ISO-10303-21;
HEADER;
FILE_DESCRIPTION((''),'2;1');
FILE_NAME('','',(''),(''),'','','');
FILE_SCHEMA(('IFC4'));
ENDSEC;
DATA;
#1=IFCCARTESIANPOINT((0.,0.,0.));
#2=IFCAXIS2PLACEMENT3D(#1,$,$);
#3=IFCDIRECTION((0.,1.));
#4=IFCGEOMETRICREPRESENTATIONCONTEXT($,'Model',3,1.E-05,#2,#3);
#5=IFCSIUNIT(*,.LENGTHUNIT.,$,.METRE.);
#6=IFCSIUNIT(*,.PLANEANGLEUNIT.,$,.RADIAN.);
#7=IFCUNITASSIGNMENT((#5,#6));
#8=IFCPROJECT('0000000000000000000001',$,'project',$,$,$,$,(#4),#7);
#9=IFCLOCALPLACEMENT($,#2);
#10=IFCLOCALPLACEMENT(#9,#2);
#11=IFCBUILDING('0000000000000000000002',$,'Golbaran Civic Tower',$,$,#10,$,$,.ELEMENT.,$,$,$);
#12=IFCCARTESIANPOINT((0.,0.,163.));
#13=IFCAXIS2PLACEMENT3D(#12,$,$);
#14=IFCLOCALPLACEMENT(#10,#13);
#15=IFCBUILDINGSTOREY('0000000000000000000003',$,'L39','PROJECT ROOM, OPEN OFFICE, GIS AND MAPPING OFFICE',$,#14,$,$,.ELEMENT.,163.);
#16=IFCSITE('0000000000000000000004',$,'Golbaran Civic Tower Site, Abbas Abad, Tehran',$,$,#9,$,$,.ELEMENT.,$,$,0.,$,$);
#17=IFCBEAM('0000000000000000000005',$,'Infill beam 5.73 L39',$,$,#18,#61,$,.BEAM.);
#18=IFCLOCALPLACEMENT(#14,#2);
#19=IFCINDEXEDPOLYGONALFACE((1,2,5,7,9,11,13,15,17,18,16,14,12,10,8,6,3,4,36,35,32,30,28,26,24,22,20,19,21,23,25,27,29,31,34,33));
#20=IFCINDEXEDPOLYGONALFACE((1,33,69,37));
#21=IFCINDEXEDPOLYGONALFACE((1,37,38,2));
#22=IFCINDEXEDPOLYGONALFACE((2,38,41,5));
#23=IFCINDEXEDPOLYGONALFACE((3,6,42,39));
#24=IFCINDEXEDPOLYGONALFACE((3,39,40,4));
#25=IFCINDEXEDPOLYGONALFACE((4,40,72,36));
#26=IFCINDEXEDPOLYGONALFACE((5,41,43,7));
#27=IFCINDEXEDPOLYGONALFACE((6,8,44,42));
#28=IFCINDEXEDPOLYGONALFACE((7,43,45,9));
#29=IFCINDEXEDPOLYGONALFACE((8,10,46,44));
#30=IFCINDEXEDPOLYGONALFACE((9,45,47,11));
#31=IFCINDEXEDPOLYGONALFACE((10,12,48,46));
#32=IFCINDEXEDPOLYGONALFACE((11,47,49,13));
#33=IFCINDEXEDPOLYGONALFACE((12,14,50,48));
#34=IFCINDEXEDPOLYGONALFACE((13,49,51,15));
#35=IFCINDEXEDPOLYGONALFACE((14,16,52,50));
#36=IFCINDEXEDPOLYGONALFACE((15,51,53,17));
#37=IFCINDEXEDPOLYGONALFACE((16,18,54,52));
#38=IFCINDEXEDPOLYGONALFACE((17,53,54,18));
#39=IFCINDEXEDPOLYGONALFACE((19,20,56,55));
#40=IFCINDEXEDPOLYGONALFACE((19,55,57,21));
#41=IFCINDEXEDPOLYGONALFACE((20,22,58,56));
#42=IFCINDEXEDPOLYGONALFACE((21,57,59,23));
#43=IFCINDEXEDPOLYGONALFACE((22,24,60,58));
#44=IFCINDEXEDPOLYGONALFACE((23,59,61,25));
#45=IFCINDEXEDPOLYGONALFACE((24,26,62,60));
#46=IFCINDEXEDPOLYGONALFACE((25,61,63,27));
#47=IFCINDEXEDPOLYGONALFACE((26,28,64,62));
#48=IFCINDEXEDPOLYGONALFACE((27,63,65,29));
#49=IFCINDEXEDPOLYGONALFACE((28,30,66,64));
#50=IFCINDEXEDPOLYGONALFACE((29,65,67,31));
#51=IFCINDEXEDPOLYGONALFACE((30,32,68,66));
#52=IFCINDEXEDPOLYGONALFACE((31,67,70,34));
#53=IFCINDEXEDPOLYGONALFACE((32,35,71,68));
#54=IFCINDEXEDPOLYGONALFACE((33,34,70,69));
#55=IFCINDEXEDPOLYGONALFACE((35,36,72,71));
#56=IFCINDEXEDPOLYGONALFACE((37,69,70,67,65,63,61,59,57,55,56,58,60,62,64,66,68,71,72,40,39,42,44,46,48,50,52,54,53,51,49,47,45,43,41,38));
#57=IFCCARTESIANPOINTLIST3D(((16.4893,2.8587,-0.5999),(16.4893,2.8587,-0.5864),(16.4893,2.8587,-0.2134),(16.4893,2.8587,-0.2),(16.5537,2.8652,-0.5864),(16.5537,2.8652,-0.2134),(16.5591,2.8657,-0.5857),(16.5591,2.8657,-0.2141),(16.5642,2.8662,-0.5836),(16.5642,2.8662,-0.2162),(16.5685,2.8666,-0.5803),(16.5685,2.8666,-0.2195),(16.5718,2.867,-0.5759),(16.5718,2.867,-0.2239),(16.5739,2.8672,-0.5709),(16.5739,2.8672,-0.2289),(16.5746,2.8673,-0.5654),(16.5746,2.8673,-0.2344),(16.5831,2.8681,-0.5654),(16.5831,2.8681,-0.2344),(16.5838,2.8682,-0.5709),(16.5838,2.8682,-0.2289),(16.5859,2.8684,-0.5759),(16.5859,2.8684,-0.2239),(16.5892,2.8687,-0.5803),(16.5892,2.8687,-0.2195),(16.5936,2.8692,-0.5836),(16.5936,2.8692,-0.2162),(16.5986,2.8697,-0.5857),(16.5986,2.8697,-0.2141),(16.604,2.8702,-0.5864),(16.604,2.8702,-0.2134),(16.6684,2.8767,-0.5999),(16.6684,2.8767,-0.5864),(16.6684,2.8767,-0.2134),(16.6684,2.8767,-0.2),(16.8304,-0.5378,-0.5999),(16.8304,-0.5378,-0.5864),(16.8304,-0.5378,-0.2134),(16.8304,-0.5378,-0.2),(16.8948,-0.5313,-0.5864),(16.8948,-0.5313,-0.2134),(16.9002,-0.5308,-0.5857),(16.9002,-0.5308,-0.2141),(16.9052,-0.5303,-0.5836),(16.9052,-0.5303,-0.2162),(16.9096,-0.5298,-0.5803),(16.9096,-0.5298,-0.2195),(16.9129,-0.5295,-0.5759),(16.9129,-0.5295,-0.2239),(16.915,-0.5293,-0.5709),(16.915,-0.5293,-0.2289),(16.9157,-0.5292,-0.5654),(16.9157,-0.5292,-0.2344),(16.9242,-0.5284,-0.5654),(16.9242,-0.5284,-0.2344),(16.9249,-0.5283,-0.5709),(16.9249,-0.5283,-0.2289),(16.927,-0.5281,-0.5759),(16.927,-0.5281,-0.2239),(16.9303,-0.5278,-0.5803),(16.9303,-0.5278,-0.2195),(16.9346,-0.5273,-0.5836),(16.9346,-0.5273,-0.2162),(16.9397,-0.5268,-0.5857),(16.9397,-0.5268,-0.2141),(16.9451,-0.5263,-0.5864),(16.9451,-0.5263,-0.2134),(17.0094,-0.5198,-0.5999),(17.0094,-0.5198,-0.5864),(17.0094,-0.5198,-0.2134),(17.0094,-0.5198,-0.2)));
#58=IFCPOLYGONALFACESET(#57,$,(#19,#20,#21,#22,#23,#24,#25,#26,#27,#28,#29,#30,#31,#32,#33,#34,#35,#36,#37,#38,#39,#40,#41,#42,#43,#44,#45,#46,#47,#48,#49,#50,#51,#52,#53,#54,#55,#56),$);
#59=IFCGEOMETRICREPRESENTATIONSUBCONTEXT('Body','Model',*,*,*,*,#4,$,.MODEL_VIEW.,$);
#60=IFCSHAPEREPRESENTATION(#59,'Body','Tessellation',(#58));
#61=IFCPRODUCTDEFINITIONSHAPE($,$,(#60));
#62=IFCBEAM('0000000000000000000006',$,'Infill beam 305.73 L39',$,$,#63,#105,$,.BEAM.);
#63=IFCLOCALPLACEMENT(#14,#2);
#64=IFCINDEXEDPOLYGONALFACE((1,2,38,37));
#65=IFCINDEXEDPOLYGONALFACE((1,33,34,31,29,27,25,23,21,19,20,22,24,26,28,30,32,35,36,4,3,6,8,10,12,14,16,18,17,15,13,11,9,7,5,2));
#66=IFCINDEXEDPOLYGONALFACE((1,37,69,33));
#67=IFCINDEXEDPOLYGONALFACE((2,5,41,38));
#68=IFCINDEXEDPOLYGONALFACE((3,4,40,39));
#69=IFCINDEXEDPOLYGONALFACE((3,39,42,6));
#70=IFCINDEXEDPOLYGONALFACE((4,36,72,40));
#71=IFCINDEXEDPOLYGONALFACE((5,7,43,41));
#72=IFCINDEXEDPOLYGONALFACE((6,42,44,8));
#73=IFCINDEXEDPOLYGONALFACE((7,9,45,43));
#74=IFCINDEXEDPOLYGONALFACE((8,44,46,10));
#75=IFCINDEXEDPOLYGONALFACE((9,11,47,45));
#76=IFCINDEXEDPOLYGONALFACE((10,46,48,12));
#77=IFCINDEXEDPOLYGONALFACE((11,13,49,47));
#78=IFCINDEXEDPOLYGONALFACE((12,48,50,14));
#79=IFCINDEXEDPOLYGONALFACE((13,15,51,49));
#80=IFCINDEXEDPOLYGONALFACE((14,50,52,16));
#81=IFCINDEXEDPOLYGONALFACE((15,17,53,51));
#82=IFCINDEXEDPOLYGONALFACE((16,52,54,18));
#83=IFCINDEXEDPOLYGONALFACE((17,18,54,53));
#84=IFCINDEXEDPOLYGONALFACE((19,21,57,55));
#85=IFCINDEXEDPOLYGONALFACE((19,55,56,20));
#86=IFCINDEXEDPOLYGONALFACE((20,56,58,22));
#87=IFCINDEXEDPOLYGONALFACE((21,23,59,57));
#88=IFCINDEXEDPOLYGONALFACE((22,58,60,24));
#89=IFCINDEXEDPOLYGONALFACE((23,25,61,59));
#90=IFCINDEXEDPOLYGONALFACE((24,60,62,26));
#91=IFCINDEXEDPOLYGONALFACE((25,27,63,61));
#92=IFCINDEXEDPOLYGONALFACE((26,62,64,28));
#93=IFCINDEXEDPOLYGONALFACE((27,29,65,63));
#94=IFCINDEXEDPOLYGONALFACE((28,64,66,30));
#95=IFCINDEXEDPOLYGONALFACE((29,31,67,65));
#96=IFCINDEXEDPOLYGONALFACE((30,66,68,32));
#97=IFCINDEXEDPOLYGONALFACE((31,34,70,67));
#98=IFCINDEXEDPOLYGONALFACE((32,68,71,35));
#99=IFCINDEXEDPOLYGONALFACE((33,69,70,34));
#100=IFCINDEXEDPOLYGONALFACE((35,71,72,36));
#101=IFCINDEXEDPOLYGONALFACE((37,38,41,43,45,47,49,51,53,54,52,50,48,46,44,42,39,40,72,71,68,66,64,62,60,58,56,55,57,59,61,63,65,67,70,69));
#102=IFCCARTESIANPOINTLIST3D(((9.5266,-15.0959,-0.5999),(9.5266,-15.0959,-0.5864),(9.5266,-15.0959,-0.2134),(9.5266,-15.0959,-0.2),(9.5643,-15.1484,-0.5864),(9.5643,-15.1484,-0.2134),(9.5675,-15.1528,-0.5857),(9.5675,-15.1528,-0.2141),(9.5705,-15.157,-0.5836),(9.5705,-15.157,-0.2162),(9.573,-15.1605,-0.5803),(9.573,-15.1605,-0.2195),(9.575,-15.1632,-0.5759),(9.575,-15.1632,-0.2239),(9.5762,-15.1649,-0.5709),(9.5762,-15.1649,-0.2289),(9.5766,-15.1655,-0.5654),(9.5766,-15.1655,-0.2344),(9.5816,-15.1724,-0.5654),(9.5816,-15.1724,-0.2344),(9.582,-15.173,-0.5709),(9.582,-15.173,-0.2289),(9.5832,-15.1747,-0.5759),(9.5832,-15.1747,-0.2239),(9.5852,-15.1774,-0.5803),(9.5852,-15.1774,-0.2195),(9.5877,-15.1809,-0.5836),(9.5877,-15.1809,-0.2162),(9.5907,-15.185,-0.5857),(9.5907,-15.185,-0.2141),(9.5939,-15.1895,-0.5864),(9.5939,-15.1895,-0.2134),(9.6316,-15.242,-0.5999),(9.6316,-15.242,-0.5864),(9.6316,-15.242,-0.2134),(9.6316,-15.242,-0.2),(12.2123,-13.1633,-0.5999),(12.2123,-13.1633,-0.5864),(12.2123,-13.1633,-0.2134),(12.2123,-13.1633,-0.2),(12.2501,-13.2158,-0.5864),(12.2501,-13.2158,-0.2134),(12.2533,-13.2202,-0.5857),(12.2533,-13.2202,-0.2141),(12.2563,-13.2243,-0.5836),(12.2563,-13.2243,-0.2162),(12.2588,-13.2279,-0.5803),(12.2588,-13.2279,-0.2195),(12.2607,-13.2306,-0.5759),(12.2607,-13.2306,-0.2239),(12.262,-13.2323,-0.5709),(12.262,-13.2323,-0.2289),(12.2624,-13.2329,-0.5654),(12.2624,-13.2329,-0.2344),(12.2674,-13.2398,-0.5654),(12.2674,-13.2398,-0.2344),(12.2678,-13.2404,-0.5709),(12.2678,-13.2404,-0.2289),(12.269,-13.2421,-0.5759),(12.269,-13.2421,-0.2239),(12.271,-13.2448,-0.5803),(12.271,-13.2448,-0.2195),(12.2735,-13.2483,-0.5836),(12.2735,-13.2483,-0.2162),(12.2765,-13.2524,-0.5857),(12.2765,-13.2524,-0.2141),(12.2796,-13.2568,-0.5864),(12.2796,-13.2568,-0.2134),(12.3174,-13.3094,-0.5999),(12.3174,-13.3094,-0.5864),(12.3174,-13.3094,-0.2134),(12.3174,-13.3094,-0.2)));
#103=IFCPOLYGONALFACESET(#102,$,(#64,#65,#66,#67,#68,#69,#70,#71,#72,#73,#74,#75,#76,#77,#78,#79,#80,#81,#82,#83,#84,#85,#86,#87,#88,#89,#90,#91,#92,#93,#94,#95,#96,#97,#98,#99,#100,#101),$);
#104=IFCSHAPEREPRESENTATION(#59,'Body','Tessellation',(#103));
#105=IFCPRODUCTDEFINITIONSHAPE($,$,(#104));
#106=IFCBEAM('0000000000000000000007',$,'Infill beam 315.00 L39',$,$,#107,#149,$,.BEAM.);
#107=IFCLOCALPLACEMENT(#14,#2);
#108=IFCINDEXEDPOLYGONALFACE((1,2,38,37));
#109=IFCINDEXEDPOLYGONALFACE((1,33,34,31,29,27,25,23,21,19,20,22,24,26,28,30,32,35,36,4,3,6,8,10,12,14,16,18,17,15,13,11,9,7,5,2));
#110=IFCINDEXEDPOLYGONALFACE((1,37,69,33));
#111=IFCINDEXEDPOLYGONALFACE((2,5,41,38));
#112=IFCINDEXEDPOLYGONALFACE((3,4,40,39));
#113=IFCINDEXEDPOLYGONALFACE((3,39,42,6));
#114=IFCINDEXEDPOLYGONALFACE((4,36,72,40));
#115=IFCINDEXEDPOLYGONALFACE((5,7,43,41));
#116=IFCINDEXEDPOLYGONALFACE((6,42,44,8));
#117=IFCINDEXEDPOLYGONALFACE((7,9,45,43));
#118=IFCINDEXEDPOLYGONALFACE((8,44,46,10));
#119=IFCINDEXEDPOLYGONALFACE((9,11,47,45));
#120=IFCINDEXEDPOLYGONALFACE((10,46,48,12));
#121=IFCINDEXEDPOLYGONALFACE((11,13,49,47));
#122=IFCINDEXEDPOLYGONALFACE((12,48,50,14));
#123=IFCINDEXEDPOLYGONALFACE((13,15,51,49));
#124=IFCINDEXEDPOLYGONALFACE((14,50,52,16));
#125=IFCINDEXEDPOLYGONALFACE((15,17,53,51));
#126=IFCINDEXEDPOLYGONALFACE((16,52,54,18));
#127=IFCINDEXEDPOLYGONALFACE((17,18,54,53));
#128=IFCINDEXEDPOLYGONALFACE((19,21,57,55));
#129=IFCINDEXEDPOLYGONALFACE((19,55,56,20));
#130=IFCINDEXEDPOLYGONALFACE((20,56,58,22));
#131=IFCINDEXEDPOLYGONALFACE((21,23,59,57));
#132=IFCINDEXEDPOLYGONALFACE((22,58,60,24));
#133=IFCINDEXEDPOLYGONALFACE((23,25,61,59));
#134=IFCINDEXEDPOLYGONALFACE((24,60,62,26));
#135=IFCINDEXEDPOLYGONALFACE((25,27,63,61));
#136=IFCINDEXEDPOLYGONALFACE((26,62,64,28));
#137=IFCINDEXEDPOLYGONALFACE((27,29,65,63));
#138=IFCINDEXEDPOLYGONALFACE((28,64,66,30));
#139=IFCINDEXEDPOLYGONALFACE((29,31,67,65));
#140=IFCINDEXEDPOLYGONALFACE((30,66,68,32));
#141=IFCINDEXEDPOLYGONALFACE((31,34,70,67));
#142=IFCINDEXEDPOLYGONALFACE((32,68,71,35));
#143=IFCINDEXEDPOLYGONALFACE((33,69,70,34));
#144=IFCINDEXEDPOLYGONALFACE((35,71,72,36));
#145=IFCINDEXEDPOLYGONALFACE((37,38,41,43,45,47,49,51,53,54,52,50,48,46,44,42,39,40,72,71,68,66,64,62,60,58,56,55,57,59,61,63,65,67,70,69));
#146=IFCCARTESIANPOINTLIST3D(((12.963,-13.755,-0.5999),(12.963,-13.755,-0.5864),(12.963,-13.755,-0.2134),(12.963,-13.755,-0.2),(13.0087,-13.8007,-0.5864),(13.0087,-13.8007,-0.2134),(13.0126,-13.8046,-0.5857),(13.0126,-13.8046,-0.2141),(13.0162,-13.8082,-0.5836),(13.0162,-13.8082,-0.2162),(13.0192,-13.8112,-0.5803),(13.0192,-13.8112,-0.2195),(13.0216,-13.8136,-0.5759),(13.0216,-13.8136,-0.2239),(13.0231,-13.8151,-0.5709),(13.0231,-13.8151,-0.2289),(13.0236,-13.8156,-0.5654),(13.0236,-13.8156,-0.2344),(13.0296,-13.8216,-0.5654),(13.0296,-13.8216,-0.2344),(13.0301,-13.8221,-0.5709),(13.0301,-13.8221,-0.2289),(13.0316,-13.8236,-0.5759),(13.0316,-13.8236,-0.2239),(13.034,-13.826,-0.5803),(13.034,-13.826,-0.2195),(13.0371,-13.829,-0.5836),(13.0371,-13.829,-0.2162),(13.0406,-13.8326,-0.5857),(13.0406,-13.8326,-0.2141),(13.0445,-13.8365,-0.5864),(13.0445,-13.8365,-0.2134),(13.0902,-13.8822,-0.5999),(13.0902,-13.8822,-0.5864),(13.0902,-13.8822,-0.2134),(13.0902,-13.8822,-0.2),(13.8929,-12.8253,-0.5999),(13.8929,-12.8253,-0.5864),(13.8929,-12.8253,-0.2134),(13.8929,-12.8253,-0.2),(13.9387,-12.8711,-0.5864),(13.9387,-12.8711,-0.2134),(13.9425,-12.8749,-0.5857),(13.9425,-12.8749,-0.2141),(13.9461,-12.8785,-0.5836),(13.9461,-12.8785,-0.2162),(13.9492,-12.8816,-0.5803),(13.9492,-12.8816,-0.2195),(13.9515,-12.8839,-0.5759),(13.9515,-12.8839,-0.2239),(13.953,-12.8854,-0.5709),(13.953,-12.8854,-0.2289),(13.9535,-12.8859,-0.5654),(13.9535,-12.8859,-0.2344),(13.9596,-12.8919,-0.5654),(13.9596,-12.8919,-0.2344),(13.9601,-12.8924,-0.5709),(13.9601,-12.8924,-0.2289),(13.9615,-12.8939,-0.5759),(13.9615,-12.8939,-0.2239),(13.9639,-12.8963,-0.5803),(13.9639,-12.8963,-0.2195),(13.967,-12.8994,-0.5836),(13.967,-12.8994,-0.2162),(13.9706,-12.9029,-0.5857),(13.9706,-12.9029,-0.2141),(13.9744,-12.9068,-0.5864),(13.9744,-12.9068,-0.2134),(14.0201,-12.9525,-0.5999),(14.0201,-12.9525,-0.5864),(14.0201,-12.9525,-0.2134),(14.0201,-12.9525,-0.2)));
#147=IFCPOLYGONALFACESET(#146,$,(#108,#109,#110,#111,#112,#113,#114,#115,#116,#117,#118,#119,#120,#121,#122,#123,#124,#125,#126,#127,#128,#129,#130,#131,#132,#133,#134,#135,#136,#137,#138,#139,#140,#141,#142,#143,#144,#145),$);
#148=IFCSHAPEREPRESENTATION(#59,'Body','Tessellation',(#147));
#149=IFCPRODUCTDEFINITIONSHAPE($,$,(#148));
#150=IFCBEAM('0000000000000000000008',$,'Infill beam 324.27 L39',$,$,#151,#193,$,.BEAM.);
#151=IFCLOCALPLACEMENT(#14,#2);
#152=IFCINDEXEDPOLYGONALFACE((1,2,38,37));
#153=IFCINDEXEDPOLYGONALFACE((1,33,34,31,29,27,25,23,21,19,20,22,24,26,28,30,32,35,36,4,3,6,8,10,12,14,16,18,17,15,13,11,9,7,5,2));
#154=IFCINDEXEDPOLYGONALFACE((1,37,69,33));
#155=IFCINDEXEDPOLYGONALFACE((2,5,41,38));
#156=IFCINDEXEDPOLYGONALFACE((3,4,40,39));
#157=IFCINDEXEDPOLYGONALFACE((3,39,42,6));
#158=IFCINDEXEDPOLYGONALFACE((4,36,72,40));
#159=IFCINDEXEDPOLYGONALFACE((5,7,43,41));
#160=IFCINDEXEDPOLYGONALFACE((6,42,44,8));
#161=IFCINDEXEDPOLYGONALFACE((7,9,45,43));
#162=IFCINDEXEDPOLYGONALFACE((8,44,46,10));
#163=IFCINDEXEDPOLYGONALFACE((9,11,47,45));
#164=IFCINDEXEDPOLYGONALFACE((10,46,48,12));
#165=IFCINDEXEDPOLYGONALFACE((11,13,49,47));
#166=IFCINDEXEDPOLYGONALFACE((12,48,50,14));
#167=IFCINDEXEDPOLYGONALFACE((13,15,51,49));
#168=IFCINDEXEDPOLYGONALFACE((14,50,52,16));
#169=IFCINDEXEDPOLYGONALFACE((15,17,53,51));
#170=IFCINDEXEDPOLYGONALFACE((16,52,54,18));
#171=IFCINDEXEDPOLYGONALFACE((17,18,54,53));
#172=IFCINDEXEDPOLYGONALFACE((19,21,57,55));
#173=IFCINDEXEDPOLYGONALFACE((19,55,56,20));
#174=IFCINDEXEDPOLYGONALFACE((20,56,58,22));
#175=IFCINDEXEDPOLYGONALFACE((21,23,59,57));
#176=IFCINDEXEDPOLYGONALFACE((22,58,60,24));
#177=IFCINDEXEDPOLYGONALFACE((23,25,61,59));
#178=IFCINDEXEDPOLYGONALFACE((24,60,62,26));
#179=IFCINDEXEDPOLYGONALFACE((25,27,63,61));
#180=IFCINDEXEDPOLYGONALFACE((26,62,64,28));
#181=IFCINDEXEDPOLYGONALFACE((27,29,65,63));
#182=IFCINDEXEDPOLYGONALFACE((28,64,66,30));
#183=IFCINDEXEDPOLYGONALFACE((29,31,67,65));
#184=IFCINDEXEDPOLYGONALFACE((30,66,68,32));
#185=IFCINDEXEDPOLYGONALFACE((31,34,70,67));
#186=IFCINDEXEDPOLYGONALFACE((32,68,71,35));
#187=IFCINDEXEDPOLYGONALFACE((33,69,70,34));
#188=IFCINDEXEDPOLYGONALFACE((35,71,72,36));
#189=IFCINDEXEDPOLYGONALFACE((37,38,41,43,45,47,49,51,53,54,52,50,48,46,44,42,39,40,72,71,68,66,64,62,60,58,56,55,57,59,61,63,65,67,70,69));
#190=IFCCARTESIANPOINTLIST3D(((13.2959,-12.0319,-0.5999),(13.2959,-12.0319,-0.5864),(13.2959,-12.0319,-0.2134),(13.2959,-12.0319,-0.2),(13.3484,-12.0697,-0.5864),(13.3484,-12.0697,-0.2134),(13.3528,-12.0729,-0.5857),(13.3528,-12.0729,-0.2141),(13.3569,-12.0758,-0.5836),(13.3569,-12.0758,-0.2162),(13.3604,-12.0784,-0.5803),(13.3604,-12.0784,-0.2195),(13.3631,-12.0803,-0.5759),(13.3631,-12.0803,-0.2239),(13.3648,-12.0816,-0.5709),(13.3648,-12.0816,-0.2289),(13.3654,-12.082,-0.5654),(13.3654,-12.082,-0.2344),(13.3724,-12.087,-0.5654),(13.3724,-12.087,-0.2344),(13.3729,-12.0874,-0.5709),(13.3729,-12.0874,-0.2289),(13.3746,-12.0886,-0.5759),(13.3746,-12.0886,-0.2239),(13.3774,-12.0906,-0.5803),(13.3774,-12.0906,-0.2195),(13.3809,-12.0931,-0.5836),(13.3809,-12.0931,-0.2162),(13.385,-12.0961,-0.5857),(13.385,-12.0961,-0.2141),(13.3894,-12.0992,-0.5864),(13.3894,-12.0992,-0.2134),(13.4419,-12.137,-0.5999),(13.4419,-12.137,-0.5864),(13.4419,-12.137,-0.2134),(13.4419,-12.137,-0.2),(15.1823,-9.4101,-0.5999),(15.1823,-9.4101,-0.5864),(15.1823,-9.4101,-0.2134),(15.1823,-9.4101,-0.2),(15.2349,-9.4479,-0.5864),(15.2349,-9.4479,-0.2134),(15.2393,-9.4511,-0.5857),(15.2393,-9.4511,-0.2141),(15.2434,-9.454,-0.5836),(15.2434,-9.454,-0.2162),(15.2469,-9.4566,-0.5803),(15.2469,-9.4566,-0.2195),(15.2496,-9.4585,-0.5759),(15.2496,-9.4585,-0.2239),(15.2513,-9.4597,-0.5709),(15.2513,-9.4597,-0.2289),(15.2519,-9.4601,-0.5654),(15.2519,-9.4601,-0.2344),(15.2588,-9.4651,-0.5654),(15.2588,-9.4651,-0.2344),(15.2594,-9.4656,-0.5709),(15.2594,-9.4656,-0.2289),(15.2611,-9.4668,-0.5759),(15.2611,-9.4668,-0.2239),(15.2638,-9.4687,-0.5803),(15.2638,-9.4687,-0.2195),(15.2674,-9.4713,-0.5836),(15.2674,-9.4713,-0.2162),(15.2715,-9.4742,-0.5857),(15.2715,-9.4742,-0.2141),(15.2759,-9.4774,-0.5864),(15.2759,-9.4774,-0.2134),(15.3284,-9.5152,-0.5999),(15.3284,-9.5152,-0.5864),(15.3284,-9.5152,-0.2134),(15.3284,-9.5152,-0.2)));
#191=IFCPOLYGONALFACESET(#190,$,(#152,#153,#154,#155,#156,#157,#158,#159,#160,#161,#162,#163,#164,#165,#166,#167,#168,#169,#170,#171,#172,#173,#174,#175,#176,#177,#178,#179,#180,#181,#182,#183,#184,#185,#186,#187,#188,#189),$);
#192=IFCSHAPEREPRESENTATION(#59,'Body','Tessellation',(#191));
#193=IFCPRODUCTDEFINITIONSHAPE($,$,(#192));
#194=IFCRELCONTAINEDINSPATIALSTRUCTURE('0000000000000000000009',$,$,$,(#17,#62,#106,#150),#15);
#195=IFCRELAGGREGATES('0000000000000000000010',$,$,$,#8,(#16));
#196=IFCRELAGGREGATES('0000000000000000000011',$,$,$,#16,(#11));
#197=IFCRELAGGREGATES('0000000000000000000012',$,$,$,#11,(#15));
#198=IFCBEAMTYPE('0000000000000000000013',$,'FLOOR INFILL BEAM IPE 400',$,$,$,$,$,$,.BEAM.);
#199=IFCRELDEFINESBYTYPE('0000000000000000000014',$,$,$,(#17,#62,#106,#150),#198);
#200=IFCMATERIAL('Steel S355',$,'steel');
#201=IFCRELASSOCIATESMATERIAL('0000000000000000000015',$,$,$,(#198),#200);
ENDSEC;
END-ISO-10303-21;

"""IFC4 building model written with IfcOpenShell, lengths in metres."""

from ifc_helpers import new_model, si_unit, direction, frame, origin, origin_2d, place, context, subcontext, project, spatial, i_section, extrude, material, material_profile, profile_set, type_object, element, save


model = new_model("IFC4")

# Units and contexts
model_context = context("Model", 3, precision=1e-05, world=origin(), true_north=direction((0.0, 1.0)))
body_context = subcontext(model_context, "Body", "Model", "MODEL_VIEW")
ifc_project = project(units=[si_unit("LENGTHUNIT", "METRE"), si_unit("PLANEANGLEUNIT", "RADIAN")], contexts=[model_context])

# Site, building, storey
site_placement = place(None, origin())
site = spatial("IfcSite", under=ifc_project, at=site_placement, Name="Golbaran Civic Tower Site, Abbas Abad, Tehran", CompositionType="ELEMENT", RefElevation=0.0)
building_placement = place(site_placement, origin())
building = spatial("IfcBuilding", under=site, at=building_placement, Name="Golbaran Civic Tower", CompositionType="ELEMENT")
storey_placement = place(building_placement, frame((0.0, 0.0, 163.0)))
storey = spatial("IfcBuildingStorey", under=building, at=storey_placement, Name="L39", Description="PROJECT ROOM, OPEN OFFICE, GIS AND MAPPING OFFICE", CompositionType="ELEMENT", Elevation=163.0)

# Beams
ifc_material_1 = material(Name="Steel S355", Category="steel")
ifc_material_profile_1 = material_profile(ifc_material_1, i_section(OverallWidth=0.1799, OverallDepth=0.3999, WebThickness=0.0085, FlangeThickness=0.0134, FilletRadius=0.021, at=origin_2d()), Name="IPE 400")
ifc_profile_set_1 = profile_set([ifc_material_profile_1], Name="Steel S355")
beam_type_1 = type_object("IfcBeamType", Name="FLOOR INFILL BEAM IPE 400", PredefinedType="BEAM", material=ifc_profile_set_1)
beam_1_placement = place(storey_placement, frame((16.9199, -0.5288, -0.3999), z_axis=(-0.099914, 0.994996, 0.0), x_axis=(-0.994996, -0.099914, 0.0)))
element("IfcBeam", 1, at=beam_1_placement, inside=storey, type_object=beam_type_1, Name="Infill beam 5.73 L39", PredefinedType="BEAM", context=body_context, shape_type="SweptSolid", body=[
    extrude(i_section(OverallWidth=0.1799, OverallDepth=0.3999, WebThickness=0.0085, FlangeThickness=0.0134, FilletRadius=0.021, at=origin_2d()), origin(), (0.0, 0.0, 1.0), 3.4136),
])
beam_2_placement = place(storey_placement, frame((9.5791, -15.1689, -0.3999), z_axis=(0.811699, 0.584075, 0.0), x_axis=(-0.584075, 0.811699, 0.0)))
element("IfcBeam", 2, at=beam_2_placement, inside=storey, type_object=beam_type_1, Name="Infill beam 305.73 L39", PredefinedType="BEAM", context=body_context, shape_type="SweptSolid", body=[
    extrude(i_section(OverallWidth=0.1799, OverallDepth=0.3999, WebThickness=0.0085, FlangeThickness=0.0134, FilletRadius=0.021, at=origin_2d()), origin(), (0.0, 0.0, 1.0), 3.3088),
])
beam_3_placement = place(storey_placement, frame((13.0266, -13.8186, -0.3999), z_axis=(0.7072, 0.707014, 0.0), x_axis=(-0.707014, 0.7072, 0.0)))
element("IfcBeam", 3, at=beam_3_placement, inside=storey, type_object=beam_type_1, Name="Infill beam 315.00 L39", PredefinedType="BEAM", context=body_context, shape_type="SweptSolid", body=[
    extrude(i_section(OverallWidth=0.1799, OverallDepth=0.3999, WebThickness=0.0085, FlangeThickness=0.0134, FilletRadius=0.021, at=origin_2d()), origin(), (0.0, 0.0, 1.0), 1.3149),
])
beam_4_placement = place(storey_placement, frame((13.3689, -12.0845, -0.3999), z_axis=(0.584052, 0.811716, 0.0), x_axis=(-0.811716, 0.584052, 0.0)))
element("IfcBeam", 4, at=beam_4_placement, inside=storey, type_object=beam_type_1, Name="Infill beam 324.27 L39", PredefinedType="BEAM", context=body_context, shape_type="SweptSolid", body=[
    extrude(i_section(OverallWidth=0.1799, OverallDepth=0.3999, WebThickness=0.0085, FlangeThickness=0.0134, FilletRadius=0.021, at=origin_2d()), origin(), (0.0, 0.0, 1.0), 3.23),
])

save(model, "model.ifc")
